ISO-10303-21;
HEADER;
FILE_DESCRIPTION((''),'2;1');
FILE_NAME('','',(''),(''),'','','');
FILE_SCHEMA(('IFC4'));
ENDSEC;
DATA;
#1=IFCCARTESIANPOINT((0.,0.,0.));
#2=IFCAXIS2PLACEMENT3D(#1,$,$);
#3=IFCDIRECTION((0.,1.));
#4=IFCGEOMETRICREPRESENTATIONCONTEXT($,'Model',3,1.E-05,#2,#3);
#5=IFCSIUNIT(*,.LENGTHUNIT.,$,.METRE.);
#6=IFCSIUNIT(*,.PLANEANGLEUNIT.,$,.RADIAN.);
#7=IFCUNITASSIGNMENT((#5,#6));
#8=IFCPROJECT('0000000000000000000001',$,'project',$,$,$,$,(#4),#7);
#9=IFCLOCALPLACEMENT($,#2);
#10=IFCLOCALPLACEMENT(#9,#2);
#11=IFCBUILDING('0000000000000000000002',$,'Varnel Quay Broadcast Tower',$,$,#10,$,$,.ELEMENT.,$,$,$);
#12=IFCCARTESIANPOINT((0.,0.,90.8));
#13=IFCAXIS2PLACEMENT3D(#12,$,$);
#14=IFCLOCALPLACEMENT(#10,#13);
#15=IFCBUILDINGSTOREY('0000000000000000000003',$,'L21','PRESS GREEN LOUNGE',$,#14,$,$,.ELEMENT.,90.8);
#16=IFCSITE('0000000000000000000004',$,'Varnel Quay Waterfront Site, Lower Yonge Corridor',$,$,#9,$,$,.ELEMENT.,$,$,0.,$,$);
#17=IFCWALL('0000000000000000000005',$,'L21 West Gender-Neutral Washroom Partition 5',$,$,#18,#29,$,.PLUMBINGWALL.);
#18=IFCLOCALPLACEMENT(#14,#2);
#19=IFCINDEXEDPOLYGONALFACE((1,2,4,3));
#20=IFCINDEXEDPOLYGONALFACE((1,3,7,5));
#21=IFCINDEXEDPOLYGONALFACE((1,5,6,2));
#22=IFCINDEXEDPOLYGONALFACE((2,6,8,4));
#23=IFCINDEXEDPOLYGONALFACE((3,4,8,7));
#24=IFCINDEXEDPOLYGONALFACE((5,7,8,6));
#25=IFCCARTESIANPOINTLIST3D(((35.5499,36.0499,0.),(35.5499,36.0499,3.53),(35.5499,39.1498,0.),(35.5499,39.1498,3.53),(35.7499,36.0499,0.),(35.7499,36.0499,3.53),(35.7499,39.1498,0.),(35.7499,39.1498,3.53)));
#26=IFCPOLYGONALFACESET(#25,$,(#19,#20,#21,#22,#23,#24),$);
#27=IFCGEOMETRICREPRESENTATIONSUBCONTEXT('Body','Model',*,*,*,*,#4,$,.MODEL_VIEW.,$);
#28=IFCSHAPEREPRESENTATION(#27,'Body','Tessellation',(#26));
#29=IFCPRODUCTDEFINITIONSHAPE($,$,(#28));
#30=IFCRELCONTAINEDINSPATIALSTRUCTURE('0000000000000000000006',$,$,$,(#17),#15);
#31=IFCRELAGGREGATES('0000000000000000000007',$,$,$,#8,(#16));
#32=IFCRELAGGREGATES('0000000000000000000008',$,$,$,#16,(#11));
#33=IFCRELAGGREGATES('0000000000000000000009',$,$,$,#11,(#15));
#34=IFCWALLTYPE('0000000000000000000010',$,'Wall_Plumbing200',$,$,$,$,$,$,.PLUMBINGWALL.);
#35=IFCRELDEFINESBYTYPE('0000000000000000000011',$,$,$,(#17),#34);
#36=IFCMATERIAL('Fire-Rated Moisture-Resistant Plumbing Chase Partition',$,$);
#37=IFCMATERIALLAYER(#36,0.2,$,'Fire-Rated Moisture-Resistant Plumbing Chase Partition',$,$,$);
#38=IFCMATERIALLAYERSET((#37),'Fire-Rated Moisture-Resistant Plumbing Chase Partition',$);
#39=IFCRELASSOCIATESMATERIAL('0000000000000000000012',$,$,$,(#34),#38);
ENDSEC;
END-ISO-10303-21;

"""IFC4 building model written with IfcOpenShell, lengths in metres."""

from ifc_helpers import new_model, si_unit, direction, frame, frame_2d, origin, place, context, subcontext, project, spatial, rectangle, extrude, material, layer, layer_set, type_object, element, save


model = new_model("IFC4")

# Units and contexts
model_context = context("Model", 3, precision=1e-05, world=origin(), true_north=direction((0.0, 1.0)))
body_context = subcontext(model_context, "Body", "Model", "MODEL_VIEW")
ifc_project = project(units=[si_unit("LENGTHUNIT", "METRE"), si_unit("PLANEANGLEUNIT", "RADIAN")], contexts=[model_context])

# Site, building, storey
site_placement = place(None, origin())
site = spatial("IfcSite", under=ifc_project, at=site_placement, Name="Varnel Quay Waterfront Site, Lower Yonge Corridor", CompositionType="ELEMENT", RefElevation=0.0)
building_placement = place(site_placement, origin())
building = spatial("IfcBuilding", under=site, at=building_placement, Name="Varnel Quay Broadcast Tower", CompositionType="ELEMENT")
storey_placement = place(building_placement, frame((0.0, 0.0, 90.8)))
storey = spatial("IfcBuildingStorey", under=building, at=storey_placement, Name="L21", Description="PRESS GREEN LOUNGE", CompositionType="ELEMENT", Elevation=90.8)

# Wall
ifc_material_1 = material(Name="Fire-Rated Moisture-Resistant Plumbing Chase Partition")
ifc_layer_1 = layer(ifc_material_1, 0.2, Name="Fire-Rated Moisture-Resistant Plumbing Chase Partition")
ifc_layer_set_1 = layer_set([ifc_layer_1], Name="Fire-Rated Moisture-Resistant Plumbing Chase Partition")
wall_type_1 = type_object("IfcWallType", Name="Wall_Plumbing200", PredefinedType="PLUMBINGWALL", material=ifc_layer_set_1)
for number, where, z_axis, x_axis, name in (
    (1, (35.6499, 36.05, 0.0), (0.0, 0.0, 1.0), (0.0, 1.0, 0.0), "L21 West Gender-Neutral Washroom Partition 5"),
):
    element("IfcWall", number, at=place(storey_placement, frame(where, z_axis=z_axis, x_axis=x_axis)), inside=storey, type_object=wall_type_1, Name=name, PredefinedType="PLUMBINGWALL", context=body_context, shape_type="SweptSolid", body=[
        extrude(rectangle(XDim=3.0999, YDim=0.2, at=frame_2d((1.5498, 0.0))), origin(), (0.0, 0.0, 1.0), 3.53),
    ])

save(model, "model.ifc")
